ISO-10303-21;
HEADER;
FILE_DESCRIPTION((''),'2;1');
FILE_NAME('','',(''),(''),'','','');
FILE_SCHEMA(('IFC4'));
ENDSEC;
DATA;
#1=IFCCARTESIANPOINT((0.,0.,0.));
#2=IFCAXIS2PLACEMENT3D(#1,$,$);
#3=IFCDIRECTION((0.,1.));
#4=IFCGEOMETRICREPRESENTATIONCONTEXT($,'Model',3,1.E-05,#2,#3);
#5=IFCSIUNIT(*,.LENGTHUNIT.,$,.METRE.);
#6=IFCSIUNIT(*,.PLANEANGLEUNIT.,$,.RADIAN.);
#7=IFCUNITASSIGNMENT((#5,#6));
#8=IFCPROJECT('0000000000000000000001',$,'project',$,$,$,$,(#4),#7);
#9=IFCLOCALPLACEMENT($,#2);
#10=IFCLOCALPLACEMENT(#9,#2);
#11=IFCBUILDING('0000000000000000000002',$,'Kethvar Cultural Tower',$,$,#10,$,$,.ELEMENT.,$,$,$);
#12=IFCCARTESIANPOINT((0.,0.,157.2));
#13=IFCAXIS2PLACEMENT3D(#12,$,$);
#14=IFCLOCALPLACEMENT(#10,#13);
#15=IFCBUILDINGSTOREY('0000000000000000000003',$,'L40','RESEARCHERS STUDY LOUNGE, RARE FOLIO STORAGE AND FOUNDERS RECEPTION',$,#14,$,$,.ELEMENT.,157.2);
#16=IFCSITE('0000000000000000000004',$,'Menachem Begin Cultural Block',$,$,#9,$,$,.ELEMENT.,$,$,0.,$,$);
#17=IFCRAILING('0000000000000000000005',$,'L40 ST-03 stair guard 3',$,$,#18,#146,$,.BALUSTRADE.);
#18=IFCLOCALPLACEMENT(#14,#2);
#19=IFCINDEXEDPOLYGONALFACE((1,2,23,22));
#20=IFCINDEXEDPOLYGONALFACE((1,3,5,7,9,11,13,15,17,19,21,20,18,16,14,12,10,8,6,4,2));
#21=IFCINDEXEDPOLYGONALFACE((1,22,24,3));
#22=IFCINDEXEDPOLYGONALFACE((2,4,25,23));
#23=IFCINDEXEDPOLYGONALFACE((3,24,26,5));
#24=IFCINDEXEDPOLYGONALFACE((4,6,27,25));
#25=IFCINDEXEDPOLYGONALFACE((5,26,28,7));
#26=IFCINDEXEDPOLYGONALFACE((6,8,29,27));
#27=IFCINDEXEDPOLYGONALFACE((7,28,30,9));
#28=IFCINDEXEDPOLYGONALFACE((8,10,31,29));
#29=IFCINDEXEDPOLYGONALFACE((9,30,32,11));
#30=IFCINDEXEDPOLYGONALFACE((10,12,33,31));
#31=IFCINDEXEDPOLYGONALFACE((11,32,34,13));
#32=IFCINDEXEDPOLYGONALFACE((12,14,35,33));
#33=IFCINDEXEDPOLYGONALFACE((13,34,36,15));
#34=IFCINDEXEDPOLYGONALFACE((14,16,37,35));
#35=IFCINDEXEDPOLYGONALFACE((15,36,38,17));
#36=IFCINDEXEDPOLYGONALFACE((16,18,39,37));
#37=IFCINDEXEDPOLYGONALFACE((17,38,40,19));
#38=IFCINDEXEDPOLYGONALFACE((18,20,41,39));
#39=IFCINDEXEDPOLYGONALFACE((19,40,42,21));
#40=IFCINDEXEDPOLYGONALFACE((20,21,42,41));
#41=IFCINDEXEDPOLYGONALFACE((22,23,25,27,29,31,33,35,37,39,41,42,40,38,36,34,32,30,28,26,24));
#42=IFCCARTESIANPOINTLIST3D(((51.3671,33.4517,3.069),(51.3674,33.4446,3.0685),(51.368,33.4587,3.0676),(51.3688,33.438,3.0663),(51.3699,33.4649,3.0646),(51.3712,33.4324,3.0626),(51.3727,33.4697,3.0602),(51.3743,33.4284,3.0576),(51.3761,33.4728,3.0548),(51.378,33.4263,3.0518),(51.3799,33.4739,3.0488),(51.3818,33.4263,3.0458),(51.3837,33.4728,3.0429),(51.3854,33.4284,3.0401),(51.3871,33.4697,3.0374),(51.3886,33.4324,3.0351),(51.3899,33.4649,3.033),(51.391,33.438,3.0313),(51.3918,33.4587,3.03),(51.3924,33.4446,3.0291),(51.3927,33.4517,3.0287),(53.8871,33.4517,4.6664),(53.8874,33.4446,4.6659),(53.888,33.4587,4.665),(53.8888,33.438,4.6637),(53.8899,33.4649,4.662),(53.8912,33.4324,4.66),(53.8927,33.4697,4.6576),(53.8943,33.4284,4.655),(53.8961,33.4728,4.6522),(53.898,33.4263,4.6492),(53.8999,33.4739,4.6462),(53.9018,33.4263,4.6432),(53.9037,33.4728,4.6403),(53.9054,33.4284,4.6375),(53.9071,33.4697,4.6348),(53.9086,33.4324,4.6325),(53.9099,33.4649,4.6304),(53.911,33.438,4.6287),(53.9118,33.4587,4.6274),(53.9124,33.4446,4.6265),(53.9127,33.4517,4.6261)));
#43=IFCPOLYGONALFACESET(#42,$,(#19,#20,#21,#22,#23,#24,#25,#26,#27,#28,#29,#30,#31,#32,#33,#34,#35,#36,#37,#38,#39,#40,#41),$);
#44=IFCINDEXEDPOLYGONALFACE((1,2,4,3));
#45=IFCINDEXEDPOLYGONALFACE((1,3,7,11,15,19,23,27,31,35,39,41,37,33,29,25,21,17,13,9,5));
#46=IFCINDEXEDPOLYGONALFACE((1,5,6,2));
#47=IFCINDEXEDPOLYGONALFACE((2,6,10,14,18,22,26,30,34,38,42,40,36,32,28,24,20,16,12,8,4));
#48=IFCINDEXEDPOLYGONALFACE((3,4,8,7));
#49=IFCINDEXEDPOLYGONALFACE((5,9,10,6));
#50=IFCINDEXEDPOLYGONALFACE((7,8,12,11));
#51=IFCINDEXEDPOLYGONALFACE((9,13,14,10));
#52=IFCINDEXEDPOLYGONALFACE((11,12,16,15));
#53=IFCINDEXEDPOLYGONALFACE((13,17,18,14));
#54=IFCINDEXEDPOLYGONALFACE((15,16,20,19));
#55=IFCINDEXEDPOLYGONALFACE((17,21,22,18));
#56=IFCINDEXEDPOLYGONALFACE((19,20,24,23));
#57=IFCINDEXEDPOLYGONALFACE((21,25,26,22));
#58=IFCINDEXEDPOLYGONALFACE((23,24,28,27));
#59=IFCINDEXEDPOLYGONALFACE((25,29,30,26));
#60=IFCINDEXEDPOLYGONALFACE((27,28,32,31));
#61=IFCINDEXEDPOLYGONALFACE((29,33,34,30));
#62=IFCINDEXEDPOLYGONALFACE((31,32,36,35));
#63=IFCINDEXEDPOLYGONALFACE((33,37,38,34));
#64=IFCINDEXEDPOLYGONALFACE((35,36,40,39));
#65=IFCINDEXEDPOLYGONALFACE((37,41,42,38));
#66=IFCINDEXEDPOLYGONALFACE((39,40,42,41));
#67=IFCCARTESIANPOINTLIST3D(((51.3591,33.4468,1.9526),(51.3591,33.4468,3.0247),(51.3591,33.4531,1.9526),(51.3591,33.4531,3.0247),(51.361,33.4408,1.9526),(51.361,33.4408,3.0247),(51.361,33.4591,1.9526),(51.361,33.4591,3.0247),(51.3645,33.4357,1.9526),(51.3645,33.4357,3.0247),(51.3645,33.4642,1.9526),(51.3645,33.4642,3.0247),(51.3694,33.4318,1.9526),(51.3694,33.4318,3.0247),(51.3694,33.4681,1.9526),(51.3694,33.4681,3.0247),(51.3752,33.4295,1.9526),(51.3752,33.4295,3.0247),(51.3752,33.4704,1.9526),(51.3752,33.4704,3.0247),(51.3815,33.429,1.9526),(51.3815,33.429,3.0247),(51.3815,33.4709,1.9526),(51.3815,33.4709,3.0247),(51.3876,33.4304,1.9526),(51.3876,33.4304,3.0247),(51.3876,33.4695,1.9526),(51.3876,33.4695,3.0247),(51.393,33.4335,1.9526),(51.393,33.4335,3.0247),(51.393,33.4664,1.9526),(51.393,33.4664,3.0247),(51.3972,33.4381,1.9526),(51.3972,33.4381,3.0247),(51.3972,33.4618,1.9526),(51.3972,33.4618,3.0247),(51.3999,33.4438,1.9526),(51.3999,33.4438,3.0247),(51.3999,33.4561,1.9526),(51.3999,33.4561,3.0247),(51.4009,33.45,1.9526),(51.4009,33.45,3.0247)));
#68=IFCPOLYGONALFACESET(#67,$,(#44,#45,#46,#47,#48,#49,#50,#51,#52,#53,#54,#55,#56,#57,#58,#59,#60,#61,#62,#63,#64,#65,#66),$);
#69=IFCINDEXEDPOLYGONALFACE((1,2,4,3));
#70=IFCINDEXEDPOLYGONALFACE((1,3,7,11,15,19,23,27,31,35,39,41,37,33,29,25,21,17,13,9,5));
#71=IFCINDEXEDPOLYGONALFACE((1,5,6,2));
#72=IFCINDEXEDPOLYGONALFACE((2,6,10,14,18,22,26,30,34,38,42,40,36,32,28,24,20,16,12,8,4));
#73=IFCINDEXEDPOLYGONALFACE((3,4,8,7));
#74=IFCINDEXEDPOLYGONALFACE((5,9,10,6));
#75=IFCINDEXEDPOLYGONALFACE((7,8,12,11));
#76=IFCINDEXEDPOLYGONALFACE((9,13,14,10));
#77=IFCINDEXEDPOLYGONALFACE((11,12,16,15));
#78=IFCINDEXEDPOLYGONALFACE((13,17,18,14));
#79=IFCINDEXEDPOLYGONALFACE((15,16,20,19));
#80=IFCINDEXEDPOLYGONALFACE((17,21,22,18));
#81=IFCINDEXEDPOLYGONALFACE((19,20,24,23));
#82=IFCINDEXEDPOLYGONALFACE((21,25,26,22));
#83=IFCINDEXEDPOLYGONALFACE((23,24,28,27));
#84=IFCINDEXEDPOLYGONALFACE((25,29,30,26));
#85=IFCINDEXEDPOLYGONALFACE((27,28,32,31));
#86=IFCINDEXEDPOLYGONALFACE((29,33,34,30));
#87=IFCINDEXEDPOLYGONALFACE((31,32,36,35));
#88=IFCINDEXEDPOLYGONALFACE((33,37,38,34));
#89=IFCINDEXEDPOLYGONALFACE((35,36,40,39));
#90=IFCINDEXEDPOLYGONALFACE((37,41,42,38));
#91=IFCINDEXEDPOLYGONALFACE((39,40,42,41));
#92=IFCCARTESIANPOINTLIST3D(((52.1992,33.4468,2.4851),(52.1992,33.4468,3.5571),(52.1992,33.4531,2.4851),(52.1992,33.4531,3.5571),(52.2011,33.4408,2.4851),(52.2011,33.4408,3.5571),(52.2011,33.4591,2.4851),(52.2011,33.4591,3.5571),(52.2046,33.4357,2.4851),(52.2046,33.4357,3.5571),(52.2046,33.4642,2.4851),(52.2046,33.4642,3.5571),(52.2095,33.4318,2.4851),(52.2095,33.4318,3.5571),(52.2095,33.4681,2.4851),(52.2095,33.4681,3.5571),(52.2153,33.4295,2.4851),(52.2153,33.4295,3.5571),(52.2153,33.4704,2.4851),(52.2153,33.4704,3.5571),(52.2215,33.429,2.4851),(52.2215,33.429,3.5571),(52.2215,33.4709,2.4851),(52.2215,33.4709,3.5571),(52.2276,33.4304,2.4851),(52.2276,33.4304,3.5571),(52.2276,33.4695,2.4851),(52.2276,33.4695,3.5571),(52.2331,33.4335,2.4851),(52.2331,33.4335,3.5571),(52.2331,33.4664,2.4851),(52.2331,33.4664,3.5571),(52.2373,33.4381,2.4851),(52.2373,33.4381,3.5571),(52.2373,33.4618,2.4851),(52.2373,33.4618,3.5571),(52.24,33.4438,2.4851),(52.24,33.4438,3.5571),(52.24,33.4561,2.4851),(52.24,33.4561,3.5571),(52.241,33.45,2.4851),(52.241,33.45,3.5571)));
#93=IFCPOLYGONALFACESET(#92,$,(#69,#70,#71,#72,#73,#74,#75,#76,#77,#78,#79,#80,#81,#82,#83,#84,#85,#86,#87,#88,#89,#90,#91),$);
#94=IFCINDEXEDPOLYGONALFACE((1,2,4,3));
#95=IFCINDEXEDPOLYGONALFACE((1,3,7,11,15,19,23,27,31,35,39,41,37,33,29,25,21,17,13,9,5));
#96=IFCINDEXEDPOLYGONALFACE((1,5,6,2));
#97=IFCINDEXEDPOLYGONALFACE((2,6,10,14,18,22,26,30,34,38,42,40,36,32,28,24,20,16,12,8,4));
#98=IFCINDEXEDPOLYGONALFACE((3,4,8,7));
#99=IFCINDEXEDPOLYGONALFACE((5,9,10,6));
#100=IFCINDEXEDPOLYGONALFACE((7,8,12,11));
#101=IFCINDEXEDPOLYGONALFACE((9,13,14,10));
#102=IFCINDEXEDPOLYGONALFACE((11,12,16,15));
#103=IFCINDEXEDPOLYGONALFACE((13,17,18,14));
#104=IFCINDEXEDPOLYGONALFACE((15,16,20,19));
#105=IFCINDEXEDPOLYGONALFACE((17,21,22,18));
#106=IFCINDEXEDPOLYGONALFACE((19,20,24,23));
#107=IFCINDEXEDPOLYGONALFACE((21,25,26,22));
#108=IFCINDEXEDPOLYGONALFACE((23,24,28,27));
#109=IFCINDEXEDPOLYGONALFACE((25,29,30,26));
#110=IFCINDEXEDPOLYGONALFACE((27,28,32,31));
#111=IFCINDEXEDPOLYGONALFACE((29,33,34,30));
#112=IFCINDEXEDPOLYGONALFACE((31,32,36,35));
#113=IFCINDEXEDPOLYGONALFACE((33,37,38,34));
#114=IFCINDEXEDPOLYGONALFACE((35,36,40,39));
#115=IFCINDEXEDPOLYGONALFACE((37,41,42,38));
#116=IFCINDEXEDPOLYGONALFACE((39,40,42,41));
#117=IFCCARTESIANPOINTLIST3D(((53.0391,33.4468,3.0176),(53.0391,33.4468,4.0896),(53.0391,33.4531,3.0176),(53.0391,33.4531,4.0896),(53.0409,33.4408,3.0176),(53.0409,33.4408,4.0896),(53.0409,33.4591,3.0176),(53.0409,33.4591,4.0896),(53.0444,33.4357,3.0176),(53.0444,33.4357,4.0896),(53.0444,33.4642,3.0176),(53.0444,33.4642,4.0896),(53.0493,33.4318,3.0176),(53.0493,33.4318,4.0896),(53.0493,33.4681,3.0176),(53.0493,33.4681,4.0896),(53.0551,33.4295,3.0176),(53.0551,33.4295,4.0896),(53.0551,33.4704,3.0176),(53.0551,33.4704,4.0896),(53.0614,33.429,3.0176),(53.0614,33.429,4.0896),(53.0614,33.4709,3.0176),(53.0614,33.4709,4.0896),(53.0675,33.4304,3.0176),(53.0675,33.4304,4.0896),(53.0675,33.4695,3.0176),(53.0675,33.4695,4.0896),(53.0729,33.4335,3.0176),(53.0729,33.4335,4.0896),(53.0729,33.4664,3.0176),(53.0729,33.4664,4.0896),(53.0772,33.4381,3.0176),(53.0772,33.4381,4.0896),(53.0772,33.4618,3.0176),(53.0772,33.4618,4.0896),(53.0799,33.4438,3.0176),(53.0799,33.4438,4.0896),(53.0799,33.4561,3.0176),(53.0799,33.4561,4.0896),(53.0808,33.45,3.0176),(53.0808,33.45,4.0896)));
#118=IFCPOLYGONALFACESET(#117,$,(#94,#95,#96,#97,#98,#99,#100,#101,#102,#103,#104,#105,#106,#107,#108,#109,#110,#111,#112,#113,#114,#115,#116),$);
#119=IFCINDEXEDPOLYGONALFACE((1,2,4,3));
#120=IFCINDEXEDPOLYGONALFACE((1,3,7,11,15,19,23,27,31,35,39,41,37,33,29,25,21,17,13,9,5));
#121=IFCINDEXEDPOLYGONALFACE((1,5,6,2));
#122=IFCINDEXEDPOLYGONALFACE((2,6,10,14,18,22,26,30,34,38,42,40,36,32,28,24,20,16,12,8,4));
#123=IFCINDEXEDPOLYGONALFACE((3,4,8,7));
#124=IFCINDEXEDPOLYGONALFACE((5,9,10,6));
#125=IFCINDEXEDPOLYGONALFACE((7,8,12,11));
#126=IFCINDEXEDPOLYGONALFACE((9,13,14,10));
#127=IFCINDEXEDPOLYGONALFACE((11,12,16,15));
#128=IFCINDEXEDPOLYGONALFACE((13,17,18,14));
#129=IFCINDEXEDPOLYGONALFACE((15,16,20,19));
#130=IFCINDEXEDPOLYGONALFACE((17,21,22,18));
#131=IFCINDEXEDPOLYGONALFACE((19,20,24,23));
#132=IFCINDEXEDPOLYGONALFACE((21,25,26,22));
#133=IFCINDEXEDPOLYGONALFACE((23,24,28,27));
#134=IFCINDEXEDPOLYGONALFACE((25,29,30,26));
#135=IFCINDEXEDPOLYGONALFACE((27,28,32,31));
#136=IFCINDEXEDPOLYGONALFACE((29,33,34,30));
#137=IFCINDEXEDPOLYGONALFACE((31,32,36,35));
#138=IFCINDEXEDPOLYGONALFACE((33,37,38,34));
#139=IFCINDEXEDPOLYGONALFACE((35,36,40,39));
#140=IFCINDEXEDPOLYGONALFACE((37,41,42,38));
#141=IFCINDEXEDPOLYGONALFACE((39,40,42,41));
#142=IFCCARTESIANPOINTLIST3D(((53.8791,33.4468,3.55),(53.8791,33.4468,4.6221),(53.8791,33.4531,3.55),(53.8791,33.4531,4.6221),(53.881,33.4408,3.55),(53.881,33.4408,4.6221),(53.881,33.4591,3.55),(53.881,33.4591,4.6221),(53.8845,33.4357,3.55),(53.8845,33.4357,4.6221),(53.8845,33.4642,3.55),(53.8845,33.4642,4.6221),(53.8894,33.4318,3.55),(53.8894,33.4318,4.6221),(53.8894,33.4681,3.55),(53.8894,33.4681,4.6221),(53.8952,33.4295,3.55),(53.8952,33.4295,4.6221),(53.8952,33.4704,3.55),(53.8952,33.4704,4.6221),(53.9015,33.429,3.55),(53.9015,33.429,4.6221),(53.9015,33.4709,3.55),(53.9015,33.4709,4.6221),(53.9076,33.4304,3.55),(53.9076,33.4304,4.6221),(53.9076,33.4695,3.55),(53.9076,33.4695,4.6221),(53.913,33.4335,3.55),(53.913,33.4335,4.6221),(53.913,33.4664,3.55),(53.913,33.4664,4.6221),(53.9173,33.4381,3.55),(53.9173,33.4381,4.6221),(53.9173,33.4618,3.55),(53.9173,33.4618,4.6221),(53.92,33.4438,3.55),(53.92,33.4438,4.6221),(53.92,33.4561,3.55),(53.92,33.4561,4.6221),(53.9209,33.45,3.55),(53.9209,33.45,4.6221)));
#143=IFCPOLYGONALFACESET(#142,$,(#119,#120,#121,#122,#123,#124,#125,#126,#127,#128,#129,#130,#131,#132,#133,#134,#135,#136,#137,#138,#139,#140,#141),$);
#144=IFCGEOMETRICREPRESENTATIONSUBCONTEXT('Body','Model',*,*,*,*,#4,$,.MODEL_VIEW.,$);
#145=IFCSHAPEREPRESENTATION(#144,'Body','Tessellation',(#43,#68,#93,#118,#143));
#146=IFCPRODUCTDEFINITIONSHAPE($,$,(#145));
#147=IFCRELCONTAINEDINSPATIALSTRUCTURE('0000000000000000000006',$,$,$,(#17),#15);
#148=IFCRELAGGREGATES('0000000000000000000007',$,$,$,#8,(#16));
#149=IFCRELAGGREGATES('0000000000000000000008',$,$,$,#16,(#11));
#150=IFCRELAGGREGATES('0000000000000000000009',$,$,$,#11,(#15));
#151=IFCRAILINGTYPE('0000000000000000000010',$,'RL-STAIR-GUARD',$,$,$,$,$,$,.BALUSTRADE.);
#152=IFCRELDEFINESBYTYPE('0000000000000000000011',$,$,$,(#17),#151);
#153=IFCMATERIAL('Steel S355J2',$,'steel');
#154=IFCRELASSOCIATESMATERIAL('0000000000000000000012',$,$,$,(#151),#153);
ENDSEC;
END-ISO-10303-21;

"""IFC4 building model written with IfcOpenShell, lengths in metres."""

from ifc_helpers import new_model, si_unit, direction, frame, origin, origin_2d, place, context, subcontext, project, spatial, circle, extrude, material, type_object, element, save


model = new_model("IFC4")

# Units and contexts
model_context = context("Model", 3, precision=1e-05, world=origin(), true_north=direction((0.0, 1.0)))
body_context = subcontext(model_context, "Body", "Model", "MODEL_VIEW")
ifc_project = project(units=[si_unit("LENGTHUNIT", "METRE"), si_unit("PLANEANGLEUNIT", "RADIAN")], contexts=[model_context])

# Site, building, storey
site_placement = place(None, origin())
site = spatial("IfcSite", under=ifc_project, at=site_placement, Name="Menachem Begin Cultural Block", CompositionType="ELEMENT", RefElevation=0.0)
building_placement = place(site_placement, origin())
building = spatial("IfcBuilding", under=site, at=building_placement, Name="Kethvar Cultural Tower", CompositionType="ELEMENT")
storey_placement = place(building_placement, frame((0.0, 0.0, 157.2)))
storey = spatial("IfcBuildingStorey", under=building, at=storey_placement, Name="L40", Description="RESEARCHERS STUDY LOUNGE, RARE FOLIO STORAGE AND FOUNDERS RECEPTION", CompositionType="ELEMENT", Elevation=157.2)

# Shared definitions
ifc_material_1 = material(Name="Steel S355J2", Category="steel")

# Railing
railing_type_1 = type_object("IfcRailingType", Name="RL-STAIR-GUARD", PredefinedType="BALUSTRADE", material=ifc_material_1)
railing_1_placement = place(storey_placement, frame((51.3799, 33.45, 1.9526)))
element("IfcRailing", 1, at=railing_1_placement, inside=storey, type_object=railing_type_1, Name="L40 ST-03 stair guard 3", PredefinedType="BALUSTRADE", context=body_context, shape_type="SweptSolid", body=[
    extrude(circle(Radius=0.0239, at=origin_2d()), frame((0.0, 0.0, 1.0962), z_axis=(0.844607, 0.0, 0.535387), x_axis=(0.0, 1.0, 0.0)), (0.0, 0.0, 1.0), 2.9836),
    extrude(circle(Radius=0.021, at=origin_2d()), origin(), (0.0, 0.0, 1.0), 1.072),
    extrude(circle(Radius=0.021, at=origin_2d()), frame((0.8401, 0.0, 0.5325)), (0.0, 0.0, 1.0), 1.072),
    extrude(circle(Radius=0.021, at=origin_2d()), frame((1.6799, 0.0, 1.0649)), (0.0, 0.0, 1.0), 1.072),
    extrude(circle(Radius=0.021, at=origin_2d()), frame((2.52, 0.0, 1.5974)), (0.0, 0.0, 1.0), 1.072),
])

save(model, "model.ifc")
